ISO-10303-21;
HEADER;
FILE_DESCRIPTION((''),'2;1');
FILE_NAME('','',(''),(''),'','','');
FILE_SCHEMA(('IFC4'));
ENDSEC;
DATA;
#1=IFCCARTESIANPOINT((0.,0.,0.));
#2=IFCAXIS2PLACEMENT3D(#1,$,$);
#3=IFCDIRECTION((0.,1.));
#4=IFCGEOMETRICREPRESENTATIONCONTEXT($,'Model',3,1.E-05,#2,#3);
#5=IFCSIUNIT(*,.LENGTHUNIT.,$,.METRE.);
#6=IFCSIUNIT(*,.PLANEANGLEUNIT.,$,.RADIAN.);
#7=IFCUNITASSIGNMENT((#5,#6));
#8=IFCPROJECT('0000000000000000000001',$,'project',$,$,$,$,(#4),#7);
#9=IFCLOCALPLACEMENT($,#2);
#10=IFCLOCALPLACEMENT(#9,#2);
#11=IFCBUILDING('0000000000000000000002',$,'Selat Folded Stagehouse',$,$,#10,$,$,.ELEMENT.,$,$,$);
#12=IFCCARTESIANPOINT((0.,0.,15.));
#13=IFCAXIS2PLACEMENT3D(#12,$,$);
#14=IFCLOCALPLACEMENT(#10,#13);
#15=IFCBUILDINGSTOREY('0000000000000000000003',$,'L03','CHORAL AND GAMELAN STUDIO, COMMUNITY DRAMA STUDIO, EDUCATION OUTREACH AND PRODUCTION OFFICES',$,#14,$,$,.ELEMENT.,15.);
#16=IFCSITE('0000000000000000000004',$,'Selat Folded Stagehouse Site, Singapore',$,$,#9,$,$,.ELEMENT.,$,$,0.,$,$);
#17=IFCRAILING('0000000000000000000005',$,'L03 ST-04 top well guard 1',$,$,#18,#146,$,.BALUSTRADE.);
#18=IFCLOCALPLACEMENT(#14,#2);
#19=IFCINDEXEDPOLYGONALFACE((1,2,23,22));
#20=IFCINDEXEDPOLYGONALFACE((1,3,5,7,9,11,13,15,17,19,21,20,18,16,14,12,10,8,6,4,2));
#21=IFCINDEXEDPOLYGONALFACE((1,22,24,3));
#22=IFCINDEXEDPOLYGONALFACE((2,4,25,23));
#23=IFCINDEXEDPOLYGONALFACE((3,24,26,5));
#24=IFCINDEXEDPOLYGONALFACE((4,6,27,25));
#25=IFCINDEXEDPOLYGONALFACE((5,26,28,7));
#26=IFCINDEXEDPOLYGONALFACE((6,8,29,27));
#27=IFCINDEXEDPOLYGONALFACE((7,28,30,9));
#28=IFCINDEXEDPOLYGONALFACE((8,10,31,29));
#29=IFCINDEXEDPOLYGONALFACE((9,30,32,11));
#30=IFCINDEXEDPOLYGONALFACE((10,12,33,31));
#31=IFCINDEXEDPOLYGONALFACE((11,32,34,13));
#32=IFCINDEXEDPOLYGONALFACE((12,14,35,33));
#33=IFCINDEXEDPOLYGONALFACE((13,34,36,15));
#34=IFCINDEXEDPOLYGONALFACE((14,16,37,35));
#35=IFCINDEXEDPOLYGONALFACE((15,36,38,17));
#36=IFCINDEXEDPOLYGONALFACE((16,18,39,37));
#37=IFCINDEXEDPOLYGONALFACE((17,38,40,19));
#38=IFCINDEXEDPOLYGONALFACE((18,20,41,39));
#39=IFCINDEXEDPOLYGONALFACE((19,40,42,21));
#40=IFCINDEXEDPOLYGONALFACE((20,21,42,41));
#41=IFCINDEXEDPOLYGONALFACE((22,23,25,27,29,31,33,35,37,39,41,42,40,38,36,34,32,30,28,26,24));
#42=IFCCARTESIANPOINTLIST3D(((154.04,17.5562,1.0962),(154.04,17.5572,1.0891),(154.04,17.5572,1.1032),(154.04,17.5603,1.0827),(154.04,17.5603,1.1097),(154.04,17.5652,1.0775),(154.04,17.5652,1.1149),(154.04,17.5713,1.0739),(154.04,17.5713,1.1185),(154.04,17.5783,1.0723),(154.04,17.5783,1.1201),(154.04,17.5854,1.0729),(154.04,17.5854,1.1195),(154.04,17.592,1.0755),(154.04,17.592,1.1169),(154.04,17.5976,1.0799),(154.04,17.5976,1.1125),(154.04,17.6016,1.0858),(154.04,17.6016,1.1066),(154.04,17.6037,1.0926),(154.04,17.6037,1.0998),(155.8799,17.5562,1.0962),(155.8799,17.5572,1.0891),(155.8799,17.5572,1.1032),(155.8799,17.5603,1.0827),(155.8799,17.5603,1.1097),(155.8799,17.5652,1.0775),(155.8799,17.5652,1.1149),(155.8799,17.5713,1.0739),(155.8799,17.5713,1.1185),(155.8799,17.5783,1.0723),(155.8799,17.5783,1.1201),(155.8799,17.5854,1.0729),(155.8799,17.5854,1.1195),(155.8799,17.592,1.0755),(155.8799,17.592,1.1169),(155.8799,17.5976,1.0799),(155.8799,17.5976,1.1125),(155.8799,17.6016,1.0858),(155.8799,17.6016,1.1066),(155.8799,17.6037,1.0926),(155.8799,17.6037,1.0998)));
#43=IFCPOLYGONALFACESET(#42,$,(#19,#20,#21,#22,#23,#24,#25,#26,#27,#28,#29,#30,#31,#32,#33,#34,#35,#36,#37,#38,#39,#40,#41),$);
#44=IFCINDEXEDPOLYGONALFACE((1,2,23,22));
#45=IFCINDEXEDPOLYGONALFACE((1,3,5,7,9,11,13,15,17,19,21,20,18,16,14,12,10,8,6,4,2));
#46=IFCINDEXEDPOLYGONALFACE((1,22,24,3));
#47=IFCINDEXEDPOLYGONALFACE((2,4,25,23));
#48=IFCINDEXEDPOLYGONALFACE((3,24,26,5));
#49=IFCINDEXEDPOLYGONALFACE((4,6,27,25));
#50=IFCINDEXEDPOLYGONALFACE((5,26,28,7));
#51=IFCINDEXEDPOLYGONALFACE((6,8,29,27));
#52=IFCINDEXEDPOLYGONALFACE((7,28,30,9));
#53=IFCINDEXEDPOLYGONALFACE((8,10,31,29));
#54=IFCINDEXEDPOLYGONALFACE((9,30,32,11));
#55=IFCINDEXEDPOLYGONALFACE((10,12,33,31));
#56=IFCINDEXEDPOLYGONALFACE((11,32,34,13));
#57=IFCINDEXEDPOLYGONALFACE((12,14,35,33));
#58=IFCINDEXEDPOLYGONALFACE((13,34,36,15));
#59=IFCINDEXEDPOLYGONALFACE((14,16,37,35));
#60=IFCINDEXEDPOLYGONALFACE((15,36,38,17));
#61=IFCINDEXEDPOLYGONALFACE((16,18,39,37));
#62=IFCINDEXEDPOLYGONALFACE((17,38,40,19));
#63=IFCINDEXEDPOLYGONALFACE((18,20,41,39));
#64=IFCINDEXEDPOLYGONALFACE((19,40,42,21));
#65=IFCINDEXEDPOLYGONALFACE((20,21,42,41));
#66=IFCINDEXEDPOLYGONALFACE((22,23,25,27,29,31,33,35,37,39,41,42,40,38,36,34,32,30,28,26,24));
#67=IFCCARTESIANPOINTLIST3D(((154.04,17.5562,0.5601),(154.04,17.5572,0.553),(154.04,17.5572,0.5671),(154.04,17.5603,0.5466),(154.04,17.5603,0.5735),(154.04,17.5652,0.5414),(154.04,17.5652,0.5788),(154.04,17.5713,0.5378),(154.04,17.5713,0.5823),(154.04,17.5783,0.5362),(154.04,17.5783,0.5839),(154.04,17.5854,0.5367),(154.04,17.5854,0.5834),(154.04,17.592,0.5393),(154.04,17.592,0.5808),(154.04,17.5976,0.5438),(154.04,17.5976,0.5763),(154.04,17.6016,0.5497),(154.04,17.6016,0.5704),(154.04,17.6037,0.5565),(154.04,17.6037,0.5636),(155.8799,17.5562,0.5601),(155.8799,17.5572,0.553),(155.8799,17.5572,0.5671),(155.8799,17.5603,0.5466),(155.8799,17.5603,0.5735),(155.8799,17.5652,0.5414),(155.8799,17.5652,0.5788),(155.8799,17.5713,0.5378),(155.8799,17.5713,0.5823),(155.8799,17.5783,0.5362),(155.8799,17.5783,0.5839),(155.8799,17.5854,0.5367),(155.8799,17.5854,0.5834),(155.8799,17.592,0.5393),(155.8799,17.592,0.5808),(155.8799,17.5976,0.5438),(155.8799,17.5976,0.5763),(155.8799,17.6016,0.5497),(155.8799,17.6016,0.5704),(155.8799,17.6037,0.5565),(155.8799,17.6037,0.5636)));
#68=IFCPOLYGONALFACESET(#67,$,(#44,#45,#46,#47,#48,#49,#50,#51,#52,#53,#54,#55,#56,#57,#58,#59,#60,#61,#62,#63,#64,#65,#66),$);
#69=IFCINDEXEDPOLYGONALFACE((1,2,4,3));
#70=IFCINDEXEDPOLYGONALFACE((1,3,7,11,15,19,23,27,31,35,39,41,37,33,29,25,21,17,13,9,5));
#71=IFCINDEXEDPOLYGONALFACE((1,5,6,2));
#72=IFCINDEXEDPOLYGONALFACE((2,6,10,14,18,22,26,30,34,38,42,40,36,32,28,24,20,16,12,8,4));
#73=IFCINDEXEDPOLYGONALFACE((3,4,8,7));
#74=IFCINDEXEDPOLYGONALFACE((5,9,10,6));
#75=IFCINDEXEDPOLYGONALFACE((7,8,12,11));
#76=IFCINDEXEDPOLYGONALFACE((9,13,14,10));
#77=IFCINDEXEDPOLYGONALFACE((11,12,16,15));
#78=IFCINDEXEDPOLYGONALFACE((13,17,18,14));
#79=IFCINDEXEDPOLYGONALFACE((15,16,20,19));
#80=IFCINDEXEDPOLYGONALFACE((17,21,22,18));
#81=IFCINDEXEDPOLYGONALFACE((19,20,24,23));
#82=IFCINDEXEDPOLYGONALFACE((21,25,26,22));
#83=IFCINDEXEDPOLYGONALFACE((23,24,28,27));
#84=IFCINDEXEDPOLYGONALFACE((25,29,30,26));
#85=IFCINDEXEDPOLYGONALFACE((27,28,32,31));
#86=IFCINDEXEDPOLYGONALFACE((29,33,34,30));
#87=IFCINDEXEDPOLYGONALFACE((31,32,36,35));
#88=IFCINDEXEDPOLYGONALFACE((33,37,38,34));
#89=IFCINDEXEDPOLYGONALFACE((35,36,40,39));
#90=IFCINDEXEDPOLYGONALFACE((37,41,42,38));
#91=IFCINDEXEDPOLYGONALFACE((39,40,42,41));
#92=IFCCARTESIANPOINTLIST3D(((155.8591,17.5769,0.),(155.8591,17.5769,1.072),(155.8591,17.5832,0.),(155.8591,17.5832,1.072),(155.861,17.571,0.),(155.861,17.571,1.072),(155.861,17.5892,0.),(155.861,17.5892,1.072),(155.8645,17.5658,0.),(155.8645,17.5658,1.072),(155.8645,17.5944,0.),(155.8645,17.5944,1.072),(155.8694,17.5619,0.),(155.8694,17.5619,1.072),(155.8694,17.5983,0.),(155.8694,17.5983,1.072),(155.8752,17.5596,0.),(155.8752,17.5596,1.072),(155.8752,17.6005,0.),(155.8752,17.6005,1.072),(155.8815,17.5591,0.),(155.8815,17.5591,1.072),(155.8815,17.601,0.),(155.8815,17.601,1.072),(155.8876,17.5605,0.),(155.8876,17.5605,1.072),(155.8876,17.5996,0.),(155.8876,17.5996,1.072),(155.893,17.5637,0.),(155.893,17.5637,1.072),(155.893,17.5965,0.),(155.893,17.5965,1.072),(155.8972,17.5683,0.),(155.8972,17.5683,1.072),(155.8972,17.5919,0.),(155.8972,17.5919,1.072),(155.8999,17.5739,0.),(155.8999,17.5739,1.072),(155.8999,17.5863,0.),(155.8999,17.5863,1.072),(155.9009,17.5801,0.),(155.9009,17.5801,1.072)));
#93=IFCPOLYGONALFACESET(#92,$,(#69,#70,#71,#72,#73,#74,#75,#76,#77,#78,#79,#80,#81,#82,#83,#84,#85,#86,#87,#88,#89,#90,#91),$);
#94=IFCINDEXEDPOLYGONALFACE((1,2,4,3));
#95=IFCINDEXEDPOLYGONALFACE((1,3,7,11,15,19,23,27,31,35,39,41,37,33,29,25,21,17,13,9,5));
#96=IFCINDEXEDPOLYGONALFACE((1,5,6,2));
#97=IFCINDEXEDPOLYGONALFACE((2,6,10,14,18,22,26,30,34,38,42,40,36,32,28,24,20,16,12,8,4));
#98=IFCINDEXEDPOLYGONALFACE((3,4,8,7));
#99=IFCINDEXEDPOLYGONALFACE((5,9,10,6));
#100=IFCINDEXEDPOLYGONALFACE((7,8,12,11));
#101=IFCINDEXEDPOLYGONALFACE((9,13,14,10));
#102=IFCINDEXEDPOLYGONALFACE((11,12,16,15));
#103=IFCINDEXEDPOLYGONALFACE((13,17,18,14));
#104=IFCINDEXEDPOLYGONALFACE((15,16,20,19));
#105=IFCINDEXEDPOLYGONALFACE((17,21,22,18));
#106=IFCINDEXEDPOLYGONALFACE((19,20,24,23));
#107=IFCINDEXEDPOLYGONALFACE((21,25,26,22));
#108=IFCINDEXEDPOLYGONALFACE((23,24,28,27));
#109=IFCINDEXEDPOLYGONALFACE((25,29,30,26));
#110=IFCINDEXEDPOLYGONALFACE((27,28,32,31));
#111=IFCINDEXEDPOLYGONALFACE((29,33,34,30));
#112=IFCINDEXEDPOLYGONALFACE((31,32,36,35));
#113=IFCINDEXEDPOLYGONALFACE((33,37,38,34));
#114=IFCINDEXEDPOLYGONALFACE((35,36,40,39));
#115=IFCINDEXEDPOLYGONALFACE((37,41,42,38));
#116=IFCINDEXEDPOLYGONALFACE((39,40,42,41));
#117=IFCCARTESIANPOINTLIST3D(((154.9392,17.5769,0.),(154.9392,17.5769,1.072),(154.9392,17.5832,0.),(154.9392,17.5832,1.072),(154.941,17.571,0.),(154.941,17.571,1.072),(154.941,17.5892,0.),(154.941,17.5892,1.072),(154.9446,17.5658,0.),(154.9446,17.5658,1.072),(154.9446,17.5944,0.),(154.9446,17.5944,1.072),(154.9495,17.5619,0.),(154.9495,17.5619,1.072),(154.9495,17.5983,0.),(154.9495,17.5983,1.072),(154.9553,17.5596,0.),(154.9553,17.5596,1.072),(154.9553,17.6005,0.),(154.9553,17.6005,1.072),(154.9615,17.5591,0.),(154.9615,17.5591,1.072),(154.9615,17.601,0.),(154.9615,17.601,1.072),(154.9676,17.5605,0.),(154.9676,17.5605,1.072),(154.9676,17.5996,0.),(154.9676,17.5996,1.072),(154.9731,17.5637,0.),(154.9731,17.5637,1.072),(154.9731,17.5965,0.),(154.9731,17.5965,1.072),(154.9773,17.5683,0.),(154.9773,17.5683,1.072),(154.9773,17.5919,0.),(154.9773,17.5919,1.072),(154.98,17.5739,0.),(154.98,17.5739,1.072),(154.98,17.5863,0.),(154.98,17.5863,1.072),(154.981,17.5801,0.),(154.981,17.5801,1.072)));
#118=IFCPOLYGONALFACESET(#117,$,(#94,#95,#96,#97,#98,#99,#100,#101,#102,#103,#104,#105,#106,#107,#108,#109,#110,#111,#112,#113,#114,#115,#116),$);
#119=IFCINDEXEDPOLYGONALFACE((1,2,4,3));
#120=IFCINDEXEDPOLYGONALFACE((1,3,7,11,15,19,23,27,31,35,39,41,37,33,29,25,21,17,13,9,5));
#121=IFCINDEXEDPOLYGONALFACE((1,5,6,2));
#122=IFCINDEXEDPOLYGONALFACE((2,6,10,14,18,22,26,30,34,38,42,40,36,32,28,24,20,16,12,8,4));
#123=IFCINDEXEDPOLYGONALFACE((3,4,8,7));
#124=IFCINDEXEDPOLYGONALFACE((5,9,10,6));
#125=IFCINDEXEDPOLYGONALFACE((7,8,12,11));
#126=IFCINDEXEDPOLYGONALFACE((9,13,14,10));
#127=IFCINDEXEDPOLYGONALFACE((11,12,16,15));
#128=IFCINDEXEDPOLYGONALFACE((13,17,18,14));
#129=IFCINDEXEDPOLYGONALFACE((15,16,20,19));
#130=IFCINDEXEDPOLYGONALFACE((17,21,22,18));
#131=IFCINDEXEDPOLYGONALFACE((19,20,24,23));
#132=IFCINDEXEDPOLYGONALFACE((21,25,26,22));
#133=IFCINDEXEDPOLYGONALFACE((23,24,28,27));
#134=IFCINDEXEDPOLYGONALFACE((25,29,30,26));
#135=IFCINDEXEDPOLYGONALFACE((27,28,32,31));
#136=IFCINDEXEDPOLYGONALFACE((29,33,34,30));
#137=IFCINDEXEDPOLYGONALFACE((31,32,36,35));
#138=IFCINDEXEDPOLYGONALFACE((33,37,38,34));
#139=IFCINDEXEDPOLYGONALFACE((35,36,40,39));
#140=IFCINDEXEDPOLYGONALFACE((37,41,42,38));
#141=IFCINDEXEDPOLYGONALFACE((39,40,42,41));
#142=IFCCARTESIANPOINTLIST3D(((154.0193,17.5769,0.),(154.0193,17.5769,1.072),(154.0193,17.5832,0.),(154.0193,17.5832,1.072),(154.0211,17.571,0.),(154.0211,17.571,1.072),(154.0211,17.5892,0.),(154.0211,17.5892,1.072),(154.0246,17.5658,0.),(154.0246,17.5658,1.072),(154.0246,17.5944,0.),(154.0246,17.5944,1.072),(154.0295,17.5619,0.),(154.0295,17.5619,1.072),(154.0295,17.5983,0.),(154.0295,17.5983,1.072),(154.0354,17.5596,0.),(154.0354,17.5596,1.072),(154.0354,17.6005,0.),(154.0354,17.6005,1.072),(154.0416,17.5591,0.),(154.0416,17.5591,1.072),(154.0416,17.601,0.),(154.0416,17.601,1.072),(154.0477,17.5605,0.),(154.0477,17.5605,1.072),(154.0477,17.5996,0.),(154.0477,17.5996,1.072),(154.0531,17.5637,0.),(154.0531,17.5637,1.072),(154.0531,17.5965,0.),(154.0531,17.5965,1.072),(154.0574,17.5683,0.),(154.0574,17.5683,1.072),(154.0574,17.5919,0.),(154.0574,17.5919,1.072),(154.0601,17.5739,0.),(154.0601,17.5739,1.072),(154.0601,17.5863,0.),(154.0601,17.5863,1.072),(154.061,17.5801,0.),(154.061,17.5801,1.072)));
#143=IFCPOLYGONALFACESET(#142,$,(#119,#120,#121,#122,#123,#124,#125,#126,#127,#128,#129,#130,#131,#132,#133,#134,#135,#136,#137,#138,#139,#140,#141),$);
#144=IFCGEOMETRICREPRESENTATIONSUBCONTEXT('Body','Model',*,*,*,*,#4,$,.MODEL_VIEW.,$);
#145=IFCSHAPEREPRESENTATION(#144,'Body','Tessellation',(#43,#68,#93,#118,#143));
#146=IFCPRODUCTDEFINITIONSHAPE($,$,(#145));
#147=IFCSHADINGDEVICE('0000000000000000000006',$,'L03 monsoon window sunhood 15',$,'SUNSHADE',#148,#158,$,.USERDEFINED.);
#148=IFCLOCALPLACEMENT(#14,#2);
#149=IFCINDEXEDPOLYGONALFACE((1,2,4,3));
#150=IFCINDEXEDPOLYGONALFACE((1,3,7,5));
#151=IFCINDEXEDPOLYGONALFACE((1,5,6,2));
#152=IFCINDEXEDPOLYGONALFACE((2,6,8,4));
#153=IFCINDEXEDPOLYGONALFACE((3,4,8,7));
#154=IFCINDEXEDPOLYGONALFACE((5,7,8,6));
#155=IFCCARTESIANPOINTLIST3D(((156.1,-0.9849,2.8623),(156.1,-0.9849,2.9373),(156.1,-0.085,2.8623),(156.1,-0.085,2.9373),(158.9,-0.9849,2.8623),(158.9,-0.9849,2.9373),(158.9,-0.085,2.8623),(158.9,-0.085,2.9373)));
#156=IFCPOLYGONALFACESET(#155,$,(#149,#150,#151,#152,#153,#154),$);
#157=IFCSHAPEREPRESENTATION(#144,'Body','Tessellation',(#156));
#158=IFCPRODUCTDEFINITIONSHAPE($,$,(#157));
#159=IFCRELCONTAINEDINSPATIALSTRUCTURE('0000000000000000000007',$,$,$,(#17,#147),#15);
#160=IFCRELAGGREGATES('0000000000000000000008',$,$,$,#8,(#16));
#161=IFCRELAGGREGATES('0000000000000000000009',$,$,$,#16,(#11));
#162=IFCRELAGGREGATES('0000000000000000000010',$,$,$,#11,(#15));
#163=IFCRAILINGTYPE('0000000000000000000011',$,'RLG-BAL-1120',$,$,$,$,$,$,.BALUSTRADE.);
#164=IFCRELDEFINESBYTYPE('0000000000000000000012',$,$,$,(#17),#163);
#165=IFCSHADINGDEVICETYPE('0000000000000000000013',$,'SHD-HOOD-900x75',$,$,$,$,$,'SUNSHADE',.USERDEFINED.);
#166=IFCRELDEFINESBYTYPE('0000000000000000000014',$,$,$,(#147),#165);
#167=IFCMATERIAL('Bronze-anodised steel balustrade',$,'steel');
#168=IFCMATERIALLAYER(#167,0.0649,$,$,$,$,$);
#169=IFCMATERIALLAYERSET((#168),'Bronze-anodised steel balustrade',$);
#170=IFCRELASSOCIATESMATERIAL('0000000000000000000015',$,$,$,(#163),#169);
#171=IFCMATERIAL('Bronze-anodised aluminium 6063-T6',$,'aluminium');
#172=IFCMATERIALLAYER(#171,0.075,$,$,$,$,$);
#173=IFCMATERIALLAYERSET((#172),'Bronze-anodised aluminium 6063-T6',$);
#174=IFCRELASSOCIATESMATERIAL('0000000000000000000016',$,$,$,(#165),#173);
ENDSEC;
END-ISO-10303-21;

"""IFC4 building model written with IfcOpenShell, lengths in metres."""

from ifc_helpers import new_model, si_unit, direction, frame, origin, origin_2d, place, context, subcontext, project, spatial, rectangle, circle, extrude, material, layer, layer_set, type_object, element, save


model = new_model("IFC4")

# Units and contexts
model_context = context("Model", 3, precision=1e-05, world=origin(), true_north=direction((0.0, 1.0)))
body_context = subcontext(model_context, "Body", "Model", "MODEL_VIEW")
ifc_project = project(units=[si_unit("LENGTHUNIT", "METRE"), si_unit("PLANEANGLEUNIT", "RADIAN")], contexts=[model_context])

# Site, building, storey
site_placement = place(None, origin())
site = spatial("IfcSite", under=ifc_project, at=site_placement, Name="Selat Folded Stagehouse Site, Singapore", CompositionType="ELEMENT", RefElevation=0.0)
building_placement = place(site_placement, origin())
building = spatial("IfcBuilding", under=site, at=building_placement, Name="Selat Folded Stagehouse", CompositionType="ELEMENT")
storey_placement = place(building_placement, frame((0.0, 0.0, 15.0)))
storey = spatial("IfcBuildingStorey", under=building, at=storey_placement, Name="L03", Description="CHORAL AND GAMELAN STUDIO, COMMUNITY DRAMA STUDIO, EDUCATION OUTREACH AND PRODUCTION OFFICES", CompositionType="ELEMENT", Elevation=15.0)

# Railing
ifc_material_1 = material(Name="Bronze-anodised steel balustrade", Category="steel")
ifc_layer_1 = layer(ifc_material_1, 0.0649)
ifc_layer_set_1 = layer_set([ifc_layer_1], Name="Bronze-anodised steel balustrade")
railing_type = type_object("IfcRailingType", Name="RLG-BAL-1120", PredefinedType="BALUSTRADE", material=ifc_layer_set_1)
railing_1_placement = place(storey_placement, frame((155.8799, 17.5801, 0.0)))
element("IfcRailing", 1, at=railing_1_placement, inside=storey, type_object=railing_type, Name="L03 ST-04 top well guard 1", PredefinedType="BALUSTRADE", context=body_context, shape_type="SweptSolid", body=[
    extrude(circle(Radius=0.0239, at=origin_2d()), frame((0.0, 0.0, 1.0962), z_axis=(-1.0, 0.0, 0.0), x_axis=(0.0, -1.0, 0.0)), (0.0, 0.0, 1.0), 1.8398),
    extrude(circle(Radius=0.0239, at=origin_2d()), frame((0.0, 0.0, 0.5601), z_axis=(-1.0, 0.0, 0.0), x_axis=(0.0, -1.0, 0.0)), (0.0, 0.0, 1.0), 1.8398),
    extrude(circle(Radius=0.021, at=origin_2d()), origin(), (0.0, 0.0, 1.0), 1.072),
    extrude(circle(Radius=0.021, at=origin_2d()), frame((-0.9199, 0.0, 0.0)), (0.0, 0.0, 1.0), 1.072),
    extrude(circle(Radius=0.021, at=origin_2d()), frame((-1.8398, 0.0, 0.0)), (0.0, 0.0, 1.0), 1.072),
])

# Shading device
ifc_material_2 = material(Name="Bronze-anodised aluminium 6063-T6", Category="aluminium")
ifc_layer_2 = layer(ifc_material_2, 0.075)
ifc_layer_set_2 = layer_set([ifc_layer_2], Name="Bronze-anodised aluminium 6063-T6")
shading_device_type = type_object("IfcShadingDeviceType", Name="SHD-HOOD-900x75", ElementType="SUNSHADE", PredefinedType="USERDEFINED", material=ifc_layer_set_2)
shading_device_placement = place(storey_placement, frame((157.5, -0.5349, 2.8623), z_axis=(0.0, 0.0, 1.0), x_axis=(-1.0, 0.0, 0.0)))
element("IfcShadingDevice", 2, at=shading_device_placement, inside=storey, type_object=shading_device_type, Name="L03 monsoon window sunhood 15", ObjectType="SUNSHADE", PredefinedType="USERDEFINED", context=body_context, shape_type="SweptSolid", body=[
    extrude(rectangle(XDim=2.8, YDim=0.8999, at=origin_2d()), origin(), (0.0, 0.0, 1.0), 0.075),
])

save(model, "model.ifc")
